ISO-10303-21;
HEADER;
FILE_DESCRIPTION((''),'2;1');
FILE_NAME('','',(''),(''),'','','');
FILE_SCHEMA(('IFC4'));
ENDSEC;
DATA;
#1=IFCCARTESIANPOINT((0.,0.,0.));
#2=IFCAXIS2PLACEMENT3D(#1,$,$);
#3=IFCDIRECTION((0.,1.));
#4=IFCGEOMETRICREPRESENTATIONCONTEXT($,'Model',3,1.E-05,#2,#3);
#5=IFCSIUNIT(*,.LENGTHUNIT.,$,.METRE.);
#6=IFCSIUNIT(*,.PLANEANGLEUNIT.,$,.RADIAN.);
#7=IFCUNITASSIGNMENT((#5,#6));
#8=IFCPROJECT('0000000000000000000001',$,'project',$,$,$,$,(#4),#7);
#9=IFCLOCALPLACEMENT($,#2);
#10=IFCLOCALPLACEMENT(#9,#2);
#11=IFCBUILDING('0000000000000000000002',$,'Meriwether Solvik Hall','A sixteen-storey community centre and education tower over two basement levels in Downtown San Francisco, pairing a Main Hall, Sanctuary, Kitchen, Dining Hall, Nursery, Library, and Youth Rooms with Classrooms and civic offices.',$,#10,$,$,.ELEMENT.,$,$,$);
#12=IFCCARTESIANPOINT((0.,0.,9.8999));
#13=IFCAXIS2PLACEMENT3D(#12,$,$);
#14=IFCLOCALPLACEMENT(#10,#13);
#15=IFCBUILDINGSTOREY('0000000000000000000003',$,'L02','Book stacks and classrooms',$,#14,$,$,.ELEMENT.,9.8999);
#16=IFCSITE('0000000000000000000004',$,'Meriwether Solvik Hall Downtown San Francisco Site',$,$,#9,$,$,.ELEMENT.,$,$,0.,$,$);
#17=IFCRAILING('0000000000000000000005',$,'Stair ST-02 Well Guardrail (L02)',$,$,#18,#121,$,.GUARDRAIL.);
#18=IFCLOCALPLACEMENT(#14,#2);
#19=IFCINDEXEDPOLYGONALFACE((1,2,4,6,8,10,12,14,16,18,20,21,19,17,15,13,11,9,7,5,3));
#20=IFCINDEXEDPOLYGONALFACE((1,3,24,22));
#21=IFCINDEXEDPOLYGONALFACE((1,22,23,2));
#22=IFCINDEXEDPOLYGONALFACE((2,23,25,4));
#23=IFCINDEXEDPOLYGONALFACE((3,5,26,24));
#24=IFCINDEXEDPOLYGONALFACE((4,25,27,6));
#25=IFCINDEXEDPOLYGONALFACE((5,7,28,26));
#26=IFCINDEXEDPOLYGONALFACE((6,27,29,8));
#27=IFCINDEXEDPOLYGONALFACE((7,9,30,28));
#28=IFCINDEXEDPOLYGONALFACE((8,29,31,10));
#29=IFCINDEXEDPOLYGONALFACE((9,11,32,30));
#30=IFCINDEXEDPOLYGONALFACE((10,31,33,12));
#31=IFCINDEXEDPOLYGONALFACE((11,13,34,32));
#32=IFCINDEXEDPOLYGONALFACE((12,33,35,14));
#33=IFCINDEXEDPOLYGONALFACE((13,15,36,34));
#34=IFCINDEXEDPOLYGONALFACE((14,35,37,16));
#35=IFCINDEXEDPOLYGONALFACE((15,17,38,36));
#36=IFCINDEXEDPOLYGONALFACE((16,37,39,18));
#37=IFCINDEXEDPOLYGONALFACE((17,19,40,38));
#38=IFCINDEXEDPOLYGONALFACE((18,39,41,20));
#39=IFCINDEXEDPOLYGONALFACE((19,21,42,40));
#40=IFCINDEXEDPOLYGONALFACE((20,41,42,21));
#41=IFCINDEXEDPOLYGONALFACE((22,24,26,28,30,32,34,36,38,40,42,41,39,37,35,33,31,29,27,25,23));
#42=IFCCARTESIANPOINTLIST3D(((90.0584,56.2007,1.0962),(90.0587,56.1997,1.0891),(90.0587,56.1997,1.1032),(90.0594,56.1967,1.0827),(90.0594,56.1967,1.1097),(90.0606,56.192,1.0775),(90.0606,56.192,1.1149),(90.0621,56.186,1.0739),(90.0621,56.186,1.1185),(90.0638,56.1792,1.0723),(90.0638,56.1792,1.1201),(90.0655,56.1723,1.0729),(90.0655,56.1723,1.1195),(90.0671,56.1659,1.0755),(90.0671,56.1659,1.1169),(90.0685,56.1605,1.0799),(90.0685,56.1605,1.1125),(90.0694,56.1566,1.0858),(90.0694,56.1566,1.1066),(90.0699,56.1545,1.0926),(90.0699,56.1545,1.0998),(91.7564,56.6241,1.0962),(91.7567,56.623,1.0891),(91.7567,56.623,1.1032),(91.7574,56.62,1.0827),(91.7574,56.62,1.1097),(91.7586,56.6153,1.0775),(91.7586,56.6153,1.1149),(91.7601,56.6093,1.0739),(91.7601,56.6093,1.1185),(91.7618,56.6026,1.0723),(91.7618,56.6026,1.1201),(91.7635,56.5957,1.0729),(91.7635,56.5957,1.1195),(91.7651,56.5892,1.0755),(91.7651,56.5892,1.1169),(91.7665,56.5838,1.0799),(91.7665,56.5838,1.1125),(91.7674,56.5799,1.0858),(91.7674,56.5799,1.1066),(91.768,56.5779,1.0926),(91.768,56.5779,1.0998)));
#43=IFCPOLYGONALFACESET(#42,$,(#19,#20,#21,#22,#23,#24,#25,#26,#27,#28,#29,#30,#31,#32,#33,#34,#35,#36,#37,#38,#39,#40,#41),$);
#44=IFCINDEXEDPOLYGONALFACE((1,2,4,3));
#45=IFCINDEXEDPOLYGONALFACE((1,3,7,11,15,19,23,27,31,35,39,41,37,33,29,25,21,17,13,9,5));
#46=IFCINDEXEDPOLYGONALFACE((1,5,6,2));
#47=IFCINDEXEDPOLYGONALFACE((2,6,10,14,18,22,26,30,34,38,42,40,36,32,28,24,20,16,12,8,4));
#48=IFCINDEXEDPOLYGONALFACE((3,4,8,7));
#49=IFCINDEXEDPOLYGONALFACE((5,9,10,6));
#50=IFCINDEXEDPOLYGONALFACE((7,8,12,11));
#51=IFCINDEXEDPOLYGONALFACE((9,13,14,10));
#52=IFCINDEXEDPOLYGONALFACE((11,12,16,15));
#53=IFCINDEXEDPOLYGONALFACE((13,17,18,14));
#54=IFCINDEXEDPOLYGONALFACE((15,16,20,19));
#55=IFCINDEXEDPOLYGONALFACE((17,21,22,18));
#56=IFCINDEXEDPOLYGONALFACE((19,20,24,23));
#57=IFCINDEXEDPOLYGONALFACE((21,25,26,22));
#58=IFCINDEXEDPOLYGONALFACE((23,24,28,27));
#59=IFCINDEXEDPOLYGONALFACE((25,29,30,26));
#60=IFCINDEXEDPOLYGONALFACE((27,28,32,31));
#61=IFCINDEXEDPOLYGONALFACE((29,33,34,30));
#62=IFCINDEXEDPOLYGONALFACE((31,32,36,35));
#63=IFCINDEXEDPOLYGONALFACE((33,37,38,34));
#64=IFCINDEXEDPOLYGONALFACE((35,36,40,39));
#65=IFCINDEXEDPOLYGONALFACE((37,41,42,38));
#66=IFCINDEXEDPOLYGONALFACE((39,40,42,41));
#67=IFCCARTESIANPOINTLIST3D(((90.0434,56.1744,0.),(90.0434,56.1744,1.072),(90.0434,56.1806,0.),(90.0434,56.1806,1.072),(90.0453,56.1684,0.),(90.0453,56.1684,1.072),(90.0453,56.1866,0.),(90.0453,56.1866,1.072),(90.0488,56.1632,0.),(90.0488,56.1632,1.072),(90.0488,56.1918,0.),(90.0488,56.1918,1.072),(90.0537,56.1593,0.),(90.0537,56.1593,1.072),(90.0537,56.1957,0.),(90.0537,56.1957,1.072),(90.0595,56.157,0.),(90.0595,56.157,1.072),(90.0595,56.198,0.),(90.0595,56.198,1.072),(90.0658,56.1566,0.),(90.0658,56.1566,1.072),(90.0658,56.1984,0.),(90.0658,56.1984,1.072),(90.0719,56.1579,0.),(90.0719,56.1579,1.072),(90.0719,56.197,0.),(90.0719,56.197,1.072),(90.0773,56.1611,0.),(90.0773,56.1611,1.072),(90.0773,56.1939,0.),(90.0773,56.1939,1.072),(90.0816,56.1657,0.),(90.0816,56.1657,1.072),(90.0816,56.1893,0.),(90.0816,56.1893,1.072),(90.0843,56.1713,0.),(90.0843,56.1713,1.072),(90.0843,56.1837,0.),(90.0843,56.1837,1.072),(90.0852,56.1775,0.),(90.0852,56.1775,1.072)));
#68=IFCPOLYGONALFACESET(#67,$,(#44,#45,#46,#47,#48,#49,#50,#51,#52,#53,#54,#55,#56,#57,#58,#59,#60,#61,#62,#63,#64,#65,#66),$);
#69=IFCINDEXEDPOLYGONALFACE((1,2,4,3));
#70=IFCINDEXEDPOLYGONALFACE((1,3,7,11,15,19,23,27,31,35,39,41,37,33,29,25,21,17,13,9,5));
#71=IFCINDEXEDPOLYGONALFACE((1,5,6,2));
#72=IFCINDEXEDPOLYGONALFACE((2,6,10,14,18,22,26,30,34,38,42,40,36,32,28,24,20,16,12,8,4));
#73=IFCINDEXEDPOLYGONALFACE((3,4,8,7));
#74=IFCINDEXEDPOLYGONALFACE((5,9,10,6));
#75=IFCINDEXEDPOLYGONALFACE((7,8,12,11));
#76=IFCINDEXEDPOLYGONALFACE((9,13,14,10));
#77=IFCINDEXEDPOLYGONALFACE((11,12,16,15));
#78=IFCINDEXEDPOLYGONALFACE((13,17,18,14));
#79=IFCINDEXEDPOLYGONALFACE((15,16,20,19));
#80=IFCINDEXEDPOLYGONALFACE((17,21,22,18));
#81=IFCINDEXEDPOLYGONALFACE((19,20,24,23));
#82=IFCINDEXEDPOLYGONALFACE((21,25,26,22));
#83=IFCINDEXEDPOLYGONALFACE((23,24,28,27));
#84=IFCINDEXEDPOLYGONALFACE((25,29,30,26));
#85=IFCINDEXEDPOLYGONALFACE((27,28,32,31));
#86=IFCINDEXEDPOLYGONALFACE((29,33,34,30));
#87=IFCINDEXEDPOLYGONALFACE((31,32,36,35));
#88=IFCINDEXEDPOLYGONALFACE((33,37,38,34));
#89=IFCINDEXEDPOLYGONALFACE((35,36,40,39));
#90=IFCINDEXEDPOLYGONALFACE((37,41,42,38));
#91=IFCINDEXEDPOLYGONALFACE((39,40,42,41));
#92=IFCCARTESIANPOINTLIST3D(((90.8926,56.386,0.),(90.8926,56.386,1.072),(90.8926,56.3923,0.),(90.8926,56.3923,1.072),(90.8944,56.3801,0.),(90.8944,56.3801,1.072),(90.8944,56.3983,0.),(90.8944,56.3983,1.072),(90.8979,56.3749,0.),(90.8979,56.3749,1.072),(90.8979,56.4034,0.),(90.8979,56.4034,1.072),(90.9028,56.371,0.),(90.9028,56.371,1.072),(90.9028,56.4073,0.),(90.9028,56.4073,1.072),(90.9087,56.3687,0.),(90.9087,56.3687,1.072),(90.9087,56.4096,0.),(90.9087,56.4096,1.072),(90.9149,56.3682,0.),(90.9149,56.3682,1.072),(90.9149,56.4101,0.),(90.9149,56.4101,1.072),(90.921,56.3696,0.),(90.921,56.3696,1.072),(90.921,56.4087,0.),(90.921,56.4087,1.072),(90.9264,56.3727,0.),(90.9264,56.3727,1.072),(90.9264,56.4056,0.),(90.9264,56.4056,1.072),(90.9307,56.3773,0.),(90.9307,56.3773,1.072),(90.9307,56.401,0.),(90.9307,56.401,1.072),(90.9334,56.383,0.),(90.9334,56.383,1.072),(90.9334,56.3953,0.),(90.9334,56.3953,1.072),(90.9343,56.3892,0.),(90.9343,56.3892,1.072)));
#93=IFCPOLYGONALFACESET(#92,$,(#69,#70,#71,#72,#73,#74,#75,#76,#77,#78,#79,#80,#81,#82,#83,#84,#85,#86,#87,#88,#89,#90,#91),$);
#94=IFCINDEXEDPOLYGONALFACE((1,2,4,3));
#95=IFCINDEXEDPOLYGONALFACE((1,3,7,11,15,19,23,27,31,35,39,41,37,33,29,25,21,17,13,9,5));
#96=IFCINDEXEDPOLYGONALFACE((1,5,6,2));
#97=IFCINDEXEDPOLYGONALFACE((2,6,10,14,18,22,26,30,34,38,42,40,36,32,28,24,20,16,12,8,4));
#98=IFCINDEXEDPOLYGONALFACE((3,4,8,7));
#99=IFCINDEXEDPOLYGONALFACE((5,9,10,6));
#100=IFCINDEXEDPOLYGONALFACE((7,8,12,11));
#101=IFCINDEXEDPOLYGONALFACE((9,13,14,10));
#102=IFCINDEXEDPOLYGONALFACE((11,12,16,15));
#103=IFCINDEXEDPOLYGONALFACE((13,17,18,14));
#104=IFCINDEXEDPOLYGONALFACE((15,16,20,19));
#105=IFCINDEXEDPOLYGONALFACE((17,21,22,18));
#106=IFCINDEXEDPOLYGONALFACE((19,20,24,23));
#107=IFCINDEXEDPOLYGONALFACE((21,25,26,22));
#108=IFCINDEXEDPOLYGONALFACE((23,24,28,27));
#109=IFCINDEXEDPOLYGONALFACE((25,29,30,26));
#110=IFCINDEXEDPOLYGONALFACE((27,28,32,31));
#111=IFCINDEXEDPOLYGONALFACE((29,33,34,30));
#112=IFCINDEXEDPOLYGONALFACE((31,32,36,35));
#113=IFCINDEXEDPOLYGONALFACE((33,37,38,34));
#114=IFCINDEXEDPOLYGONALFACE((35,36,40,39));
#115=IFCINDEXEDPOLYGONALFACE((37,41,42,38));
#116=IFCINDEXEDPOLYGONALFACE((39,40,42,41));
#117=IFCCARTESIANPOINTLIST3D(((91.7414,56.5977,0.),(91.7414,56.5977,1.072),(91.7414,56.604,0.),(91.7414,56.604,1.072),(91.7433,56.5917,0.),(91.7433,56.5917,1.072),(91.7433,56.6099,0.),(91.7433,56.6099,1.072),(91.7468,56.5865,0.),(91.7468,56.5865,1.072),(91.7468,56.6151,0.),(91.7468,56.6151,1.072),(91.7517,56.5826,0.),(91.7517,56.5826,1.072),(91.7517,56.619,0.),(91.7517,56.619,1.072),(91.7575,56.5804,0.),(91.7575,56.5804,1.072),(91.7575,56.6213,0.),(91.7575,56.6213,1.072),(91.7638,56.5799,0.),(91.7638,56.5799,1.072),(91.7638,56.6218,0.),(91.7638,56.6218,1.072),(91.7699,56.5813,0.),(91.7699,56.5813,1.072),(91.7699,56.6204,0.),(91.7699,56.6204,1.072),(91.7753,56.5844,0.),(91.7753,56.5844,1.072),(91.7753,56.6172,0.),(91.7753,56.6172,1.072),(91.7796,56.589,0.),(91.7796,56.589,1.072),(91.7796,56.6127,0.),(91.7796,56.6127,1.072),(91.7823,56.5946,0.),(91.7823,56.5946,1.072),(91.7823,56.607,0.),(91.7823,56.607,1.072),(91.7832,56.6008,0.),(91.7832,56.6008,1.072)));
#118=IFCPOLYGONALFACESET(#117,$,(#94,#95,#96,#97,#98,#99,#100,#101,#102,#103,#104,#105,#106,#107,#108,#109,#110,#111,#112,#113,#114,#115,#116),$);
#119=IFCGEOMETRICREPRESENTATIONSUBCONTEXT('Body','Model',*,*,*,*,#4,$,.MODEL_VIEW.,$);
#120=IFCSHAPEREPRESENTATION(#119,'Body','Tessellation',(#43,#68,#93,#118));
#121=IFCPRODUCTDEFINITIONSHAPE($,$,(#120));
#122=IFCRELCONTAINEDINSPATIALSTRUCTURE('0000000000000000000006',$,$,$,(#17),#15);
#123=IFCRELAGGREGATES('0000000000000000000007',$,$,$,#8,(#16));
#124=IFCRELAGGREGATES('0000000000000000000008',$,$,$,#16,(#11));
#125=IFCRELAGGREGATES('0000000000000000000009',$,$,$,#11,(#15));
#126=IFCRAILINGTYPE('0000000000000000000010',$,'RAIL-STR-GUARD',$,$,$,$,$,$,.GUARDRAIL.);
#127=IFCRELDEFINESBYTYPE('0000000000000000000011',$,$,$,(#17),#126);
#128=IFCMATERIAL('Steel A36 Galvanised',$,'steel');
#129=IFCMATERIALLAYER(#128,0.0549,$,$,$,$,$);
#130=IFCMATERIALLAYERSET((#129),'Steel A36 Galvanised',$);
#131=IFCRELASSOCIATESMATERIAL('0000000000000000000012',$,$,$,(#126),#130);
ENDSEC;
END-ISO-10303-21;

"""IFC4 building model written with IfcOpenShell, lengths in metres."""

from ifc_helpers import new_model, si_unit, direction, frame, origin, origin_2d, place, context, subcontext, project, spatial, circle, extrude, material, layer, layer_set, type_object, element, save


model = new_model("IFC4")

# Units and contexts
model_context = context("Model", 3, precision=1e-05, world=origin(), true_north=direction((0.0, 1.0)))
body_context = subcontext(model_context, "Body", "Model", "MODEL_VIEW")
ifc_project = project(units=[si_unit("LENGTHUNIT", "METRE"), si_unit("PLANEANGLEUNIT", "RADIAN")], contexts=[model_context])

# Site, building, storey
site_placement = place(None, origin())
site = spatial("IfcSite", under=ifc_project, at=site_placement, Name="Meriwether Solvik Hall Downtown San Francisco Site", CompositionType="ELEMENT", RefElevation=0.0)
building_placement = place(site_placement, origin())
building = spatial("IfcBuilding", under=site, at=building_placement, Name="Meriwether Solvik Hall", Description="A sixteen-storey community centre and education tower over two basement levels in Downtown San Francisco, pairing a Main Hall, Sanctuary, Kitchen, Dining Hall, Nursery, Library, and Youth Rooms with Classrooms and civic offices.", CompositionType="ELEMENT")
storey_placement = place(building_placement, frame((0.0, 0.0, 9.8999)))
storey = spatial("IfcBuildingStorey", under=building, at=storey_placement, Name="L02", Description="Book stacks and classrooms", CompositionType="ELEMENT", Elevation=9.8999)

# Railing
ifc_material_1 = material(Name="Steel A36 Galvanised", Category="steel")
ifc_layer_1 = layer(ifc_material_1, 0.0549)
ifc_layer_set_1 = layer_set([ifc_layer_1], Name="Steel A36 Galvanised")
railing_type_1 = type_object("IfcRailingType", Name="RAIL-STR-GUARD", PredefinedType="GUARDRAIL", material=ifc_layer_set_1)
railing_1_placement = place(storey_placement, frame((90.0642, 56.1775, 0.0)))
element("IfcRailing", 1, at=railing_1_placement, inside=storey, type_object=railing_type_1, Name="Stair ST-02 Well Guardrail (L02)", PredefinedType="GUARDRAIL", context=body_context, shape_type="SweptSolid", body=[
    extrude(circle(Radius=0.0239, at=origin_2d()), frame((0.0, 0.0, 1.0962), z_axis=(0.970298, 0.241912, 0.0), x_axis=(-0.241912, 0.970298, 0.0)), (0.0, 0.0, 1.0), 1.75),
    extrude(circle(Radius=0.021, at=origin_2d()), origin(), (0.0, 0.0, 1.0), 1.072),
    extrude(circle(Radius=0.021, at=origin_2d()), frame((0.8491, 0.2117, 0.0)), (0.0, 0.0, 1.0), 1.072),
    extrude(circle(Radius=0.021, at=origin_2d()), frame((1.698, 0.4233, 0.0)), (0.0, 0.0, 1.0), 1.072),
])

save(model, "model.ifc")
